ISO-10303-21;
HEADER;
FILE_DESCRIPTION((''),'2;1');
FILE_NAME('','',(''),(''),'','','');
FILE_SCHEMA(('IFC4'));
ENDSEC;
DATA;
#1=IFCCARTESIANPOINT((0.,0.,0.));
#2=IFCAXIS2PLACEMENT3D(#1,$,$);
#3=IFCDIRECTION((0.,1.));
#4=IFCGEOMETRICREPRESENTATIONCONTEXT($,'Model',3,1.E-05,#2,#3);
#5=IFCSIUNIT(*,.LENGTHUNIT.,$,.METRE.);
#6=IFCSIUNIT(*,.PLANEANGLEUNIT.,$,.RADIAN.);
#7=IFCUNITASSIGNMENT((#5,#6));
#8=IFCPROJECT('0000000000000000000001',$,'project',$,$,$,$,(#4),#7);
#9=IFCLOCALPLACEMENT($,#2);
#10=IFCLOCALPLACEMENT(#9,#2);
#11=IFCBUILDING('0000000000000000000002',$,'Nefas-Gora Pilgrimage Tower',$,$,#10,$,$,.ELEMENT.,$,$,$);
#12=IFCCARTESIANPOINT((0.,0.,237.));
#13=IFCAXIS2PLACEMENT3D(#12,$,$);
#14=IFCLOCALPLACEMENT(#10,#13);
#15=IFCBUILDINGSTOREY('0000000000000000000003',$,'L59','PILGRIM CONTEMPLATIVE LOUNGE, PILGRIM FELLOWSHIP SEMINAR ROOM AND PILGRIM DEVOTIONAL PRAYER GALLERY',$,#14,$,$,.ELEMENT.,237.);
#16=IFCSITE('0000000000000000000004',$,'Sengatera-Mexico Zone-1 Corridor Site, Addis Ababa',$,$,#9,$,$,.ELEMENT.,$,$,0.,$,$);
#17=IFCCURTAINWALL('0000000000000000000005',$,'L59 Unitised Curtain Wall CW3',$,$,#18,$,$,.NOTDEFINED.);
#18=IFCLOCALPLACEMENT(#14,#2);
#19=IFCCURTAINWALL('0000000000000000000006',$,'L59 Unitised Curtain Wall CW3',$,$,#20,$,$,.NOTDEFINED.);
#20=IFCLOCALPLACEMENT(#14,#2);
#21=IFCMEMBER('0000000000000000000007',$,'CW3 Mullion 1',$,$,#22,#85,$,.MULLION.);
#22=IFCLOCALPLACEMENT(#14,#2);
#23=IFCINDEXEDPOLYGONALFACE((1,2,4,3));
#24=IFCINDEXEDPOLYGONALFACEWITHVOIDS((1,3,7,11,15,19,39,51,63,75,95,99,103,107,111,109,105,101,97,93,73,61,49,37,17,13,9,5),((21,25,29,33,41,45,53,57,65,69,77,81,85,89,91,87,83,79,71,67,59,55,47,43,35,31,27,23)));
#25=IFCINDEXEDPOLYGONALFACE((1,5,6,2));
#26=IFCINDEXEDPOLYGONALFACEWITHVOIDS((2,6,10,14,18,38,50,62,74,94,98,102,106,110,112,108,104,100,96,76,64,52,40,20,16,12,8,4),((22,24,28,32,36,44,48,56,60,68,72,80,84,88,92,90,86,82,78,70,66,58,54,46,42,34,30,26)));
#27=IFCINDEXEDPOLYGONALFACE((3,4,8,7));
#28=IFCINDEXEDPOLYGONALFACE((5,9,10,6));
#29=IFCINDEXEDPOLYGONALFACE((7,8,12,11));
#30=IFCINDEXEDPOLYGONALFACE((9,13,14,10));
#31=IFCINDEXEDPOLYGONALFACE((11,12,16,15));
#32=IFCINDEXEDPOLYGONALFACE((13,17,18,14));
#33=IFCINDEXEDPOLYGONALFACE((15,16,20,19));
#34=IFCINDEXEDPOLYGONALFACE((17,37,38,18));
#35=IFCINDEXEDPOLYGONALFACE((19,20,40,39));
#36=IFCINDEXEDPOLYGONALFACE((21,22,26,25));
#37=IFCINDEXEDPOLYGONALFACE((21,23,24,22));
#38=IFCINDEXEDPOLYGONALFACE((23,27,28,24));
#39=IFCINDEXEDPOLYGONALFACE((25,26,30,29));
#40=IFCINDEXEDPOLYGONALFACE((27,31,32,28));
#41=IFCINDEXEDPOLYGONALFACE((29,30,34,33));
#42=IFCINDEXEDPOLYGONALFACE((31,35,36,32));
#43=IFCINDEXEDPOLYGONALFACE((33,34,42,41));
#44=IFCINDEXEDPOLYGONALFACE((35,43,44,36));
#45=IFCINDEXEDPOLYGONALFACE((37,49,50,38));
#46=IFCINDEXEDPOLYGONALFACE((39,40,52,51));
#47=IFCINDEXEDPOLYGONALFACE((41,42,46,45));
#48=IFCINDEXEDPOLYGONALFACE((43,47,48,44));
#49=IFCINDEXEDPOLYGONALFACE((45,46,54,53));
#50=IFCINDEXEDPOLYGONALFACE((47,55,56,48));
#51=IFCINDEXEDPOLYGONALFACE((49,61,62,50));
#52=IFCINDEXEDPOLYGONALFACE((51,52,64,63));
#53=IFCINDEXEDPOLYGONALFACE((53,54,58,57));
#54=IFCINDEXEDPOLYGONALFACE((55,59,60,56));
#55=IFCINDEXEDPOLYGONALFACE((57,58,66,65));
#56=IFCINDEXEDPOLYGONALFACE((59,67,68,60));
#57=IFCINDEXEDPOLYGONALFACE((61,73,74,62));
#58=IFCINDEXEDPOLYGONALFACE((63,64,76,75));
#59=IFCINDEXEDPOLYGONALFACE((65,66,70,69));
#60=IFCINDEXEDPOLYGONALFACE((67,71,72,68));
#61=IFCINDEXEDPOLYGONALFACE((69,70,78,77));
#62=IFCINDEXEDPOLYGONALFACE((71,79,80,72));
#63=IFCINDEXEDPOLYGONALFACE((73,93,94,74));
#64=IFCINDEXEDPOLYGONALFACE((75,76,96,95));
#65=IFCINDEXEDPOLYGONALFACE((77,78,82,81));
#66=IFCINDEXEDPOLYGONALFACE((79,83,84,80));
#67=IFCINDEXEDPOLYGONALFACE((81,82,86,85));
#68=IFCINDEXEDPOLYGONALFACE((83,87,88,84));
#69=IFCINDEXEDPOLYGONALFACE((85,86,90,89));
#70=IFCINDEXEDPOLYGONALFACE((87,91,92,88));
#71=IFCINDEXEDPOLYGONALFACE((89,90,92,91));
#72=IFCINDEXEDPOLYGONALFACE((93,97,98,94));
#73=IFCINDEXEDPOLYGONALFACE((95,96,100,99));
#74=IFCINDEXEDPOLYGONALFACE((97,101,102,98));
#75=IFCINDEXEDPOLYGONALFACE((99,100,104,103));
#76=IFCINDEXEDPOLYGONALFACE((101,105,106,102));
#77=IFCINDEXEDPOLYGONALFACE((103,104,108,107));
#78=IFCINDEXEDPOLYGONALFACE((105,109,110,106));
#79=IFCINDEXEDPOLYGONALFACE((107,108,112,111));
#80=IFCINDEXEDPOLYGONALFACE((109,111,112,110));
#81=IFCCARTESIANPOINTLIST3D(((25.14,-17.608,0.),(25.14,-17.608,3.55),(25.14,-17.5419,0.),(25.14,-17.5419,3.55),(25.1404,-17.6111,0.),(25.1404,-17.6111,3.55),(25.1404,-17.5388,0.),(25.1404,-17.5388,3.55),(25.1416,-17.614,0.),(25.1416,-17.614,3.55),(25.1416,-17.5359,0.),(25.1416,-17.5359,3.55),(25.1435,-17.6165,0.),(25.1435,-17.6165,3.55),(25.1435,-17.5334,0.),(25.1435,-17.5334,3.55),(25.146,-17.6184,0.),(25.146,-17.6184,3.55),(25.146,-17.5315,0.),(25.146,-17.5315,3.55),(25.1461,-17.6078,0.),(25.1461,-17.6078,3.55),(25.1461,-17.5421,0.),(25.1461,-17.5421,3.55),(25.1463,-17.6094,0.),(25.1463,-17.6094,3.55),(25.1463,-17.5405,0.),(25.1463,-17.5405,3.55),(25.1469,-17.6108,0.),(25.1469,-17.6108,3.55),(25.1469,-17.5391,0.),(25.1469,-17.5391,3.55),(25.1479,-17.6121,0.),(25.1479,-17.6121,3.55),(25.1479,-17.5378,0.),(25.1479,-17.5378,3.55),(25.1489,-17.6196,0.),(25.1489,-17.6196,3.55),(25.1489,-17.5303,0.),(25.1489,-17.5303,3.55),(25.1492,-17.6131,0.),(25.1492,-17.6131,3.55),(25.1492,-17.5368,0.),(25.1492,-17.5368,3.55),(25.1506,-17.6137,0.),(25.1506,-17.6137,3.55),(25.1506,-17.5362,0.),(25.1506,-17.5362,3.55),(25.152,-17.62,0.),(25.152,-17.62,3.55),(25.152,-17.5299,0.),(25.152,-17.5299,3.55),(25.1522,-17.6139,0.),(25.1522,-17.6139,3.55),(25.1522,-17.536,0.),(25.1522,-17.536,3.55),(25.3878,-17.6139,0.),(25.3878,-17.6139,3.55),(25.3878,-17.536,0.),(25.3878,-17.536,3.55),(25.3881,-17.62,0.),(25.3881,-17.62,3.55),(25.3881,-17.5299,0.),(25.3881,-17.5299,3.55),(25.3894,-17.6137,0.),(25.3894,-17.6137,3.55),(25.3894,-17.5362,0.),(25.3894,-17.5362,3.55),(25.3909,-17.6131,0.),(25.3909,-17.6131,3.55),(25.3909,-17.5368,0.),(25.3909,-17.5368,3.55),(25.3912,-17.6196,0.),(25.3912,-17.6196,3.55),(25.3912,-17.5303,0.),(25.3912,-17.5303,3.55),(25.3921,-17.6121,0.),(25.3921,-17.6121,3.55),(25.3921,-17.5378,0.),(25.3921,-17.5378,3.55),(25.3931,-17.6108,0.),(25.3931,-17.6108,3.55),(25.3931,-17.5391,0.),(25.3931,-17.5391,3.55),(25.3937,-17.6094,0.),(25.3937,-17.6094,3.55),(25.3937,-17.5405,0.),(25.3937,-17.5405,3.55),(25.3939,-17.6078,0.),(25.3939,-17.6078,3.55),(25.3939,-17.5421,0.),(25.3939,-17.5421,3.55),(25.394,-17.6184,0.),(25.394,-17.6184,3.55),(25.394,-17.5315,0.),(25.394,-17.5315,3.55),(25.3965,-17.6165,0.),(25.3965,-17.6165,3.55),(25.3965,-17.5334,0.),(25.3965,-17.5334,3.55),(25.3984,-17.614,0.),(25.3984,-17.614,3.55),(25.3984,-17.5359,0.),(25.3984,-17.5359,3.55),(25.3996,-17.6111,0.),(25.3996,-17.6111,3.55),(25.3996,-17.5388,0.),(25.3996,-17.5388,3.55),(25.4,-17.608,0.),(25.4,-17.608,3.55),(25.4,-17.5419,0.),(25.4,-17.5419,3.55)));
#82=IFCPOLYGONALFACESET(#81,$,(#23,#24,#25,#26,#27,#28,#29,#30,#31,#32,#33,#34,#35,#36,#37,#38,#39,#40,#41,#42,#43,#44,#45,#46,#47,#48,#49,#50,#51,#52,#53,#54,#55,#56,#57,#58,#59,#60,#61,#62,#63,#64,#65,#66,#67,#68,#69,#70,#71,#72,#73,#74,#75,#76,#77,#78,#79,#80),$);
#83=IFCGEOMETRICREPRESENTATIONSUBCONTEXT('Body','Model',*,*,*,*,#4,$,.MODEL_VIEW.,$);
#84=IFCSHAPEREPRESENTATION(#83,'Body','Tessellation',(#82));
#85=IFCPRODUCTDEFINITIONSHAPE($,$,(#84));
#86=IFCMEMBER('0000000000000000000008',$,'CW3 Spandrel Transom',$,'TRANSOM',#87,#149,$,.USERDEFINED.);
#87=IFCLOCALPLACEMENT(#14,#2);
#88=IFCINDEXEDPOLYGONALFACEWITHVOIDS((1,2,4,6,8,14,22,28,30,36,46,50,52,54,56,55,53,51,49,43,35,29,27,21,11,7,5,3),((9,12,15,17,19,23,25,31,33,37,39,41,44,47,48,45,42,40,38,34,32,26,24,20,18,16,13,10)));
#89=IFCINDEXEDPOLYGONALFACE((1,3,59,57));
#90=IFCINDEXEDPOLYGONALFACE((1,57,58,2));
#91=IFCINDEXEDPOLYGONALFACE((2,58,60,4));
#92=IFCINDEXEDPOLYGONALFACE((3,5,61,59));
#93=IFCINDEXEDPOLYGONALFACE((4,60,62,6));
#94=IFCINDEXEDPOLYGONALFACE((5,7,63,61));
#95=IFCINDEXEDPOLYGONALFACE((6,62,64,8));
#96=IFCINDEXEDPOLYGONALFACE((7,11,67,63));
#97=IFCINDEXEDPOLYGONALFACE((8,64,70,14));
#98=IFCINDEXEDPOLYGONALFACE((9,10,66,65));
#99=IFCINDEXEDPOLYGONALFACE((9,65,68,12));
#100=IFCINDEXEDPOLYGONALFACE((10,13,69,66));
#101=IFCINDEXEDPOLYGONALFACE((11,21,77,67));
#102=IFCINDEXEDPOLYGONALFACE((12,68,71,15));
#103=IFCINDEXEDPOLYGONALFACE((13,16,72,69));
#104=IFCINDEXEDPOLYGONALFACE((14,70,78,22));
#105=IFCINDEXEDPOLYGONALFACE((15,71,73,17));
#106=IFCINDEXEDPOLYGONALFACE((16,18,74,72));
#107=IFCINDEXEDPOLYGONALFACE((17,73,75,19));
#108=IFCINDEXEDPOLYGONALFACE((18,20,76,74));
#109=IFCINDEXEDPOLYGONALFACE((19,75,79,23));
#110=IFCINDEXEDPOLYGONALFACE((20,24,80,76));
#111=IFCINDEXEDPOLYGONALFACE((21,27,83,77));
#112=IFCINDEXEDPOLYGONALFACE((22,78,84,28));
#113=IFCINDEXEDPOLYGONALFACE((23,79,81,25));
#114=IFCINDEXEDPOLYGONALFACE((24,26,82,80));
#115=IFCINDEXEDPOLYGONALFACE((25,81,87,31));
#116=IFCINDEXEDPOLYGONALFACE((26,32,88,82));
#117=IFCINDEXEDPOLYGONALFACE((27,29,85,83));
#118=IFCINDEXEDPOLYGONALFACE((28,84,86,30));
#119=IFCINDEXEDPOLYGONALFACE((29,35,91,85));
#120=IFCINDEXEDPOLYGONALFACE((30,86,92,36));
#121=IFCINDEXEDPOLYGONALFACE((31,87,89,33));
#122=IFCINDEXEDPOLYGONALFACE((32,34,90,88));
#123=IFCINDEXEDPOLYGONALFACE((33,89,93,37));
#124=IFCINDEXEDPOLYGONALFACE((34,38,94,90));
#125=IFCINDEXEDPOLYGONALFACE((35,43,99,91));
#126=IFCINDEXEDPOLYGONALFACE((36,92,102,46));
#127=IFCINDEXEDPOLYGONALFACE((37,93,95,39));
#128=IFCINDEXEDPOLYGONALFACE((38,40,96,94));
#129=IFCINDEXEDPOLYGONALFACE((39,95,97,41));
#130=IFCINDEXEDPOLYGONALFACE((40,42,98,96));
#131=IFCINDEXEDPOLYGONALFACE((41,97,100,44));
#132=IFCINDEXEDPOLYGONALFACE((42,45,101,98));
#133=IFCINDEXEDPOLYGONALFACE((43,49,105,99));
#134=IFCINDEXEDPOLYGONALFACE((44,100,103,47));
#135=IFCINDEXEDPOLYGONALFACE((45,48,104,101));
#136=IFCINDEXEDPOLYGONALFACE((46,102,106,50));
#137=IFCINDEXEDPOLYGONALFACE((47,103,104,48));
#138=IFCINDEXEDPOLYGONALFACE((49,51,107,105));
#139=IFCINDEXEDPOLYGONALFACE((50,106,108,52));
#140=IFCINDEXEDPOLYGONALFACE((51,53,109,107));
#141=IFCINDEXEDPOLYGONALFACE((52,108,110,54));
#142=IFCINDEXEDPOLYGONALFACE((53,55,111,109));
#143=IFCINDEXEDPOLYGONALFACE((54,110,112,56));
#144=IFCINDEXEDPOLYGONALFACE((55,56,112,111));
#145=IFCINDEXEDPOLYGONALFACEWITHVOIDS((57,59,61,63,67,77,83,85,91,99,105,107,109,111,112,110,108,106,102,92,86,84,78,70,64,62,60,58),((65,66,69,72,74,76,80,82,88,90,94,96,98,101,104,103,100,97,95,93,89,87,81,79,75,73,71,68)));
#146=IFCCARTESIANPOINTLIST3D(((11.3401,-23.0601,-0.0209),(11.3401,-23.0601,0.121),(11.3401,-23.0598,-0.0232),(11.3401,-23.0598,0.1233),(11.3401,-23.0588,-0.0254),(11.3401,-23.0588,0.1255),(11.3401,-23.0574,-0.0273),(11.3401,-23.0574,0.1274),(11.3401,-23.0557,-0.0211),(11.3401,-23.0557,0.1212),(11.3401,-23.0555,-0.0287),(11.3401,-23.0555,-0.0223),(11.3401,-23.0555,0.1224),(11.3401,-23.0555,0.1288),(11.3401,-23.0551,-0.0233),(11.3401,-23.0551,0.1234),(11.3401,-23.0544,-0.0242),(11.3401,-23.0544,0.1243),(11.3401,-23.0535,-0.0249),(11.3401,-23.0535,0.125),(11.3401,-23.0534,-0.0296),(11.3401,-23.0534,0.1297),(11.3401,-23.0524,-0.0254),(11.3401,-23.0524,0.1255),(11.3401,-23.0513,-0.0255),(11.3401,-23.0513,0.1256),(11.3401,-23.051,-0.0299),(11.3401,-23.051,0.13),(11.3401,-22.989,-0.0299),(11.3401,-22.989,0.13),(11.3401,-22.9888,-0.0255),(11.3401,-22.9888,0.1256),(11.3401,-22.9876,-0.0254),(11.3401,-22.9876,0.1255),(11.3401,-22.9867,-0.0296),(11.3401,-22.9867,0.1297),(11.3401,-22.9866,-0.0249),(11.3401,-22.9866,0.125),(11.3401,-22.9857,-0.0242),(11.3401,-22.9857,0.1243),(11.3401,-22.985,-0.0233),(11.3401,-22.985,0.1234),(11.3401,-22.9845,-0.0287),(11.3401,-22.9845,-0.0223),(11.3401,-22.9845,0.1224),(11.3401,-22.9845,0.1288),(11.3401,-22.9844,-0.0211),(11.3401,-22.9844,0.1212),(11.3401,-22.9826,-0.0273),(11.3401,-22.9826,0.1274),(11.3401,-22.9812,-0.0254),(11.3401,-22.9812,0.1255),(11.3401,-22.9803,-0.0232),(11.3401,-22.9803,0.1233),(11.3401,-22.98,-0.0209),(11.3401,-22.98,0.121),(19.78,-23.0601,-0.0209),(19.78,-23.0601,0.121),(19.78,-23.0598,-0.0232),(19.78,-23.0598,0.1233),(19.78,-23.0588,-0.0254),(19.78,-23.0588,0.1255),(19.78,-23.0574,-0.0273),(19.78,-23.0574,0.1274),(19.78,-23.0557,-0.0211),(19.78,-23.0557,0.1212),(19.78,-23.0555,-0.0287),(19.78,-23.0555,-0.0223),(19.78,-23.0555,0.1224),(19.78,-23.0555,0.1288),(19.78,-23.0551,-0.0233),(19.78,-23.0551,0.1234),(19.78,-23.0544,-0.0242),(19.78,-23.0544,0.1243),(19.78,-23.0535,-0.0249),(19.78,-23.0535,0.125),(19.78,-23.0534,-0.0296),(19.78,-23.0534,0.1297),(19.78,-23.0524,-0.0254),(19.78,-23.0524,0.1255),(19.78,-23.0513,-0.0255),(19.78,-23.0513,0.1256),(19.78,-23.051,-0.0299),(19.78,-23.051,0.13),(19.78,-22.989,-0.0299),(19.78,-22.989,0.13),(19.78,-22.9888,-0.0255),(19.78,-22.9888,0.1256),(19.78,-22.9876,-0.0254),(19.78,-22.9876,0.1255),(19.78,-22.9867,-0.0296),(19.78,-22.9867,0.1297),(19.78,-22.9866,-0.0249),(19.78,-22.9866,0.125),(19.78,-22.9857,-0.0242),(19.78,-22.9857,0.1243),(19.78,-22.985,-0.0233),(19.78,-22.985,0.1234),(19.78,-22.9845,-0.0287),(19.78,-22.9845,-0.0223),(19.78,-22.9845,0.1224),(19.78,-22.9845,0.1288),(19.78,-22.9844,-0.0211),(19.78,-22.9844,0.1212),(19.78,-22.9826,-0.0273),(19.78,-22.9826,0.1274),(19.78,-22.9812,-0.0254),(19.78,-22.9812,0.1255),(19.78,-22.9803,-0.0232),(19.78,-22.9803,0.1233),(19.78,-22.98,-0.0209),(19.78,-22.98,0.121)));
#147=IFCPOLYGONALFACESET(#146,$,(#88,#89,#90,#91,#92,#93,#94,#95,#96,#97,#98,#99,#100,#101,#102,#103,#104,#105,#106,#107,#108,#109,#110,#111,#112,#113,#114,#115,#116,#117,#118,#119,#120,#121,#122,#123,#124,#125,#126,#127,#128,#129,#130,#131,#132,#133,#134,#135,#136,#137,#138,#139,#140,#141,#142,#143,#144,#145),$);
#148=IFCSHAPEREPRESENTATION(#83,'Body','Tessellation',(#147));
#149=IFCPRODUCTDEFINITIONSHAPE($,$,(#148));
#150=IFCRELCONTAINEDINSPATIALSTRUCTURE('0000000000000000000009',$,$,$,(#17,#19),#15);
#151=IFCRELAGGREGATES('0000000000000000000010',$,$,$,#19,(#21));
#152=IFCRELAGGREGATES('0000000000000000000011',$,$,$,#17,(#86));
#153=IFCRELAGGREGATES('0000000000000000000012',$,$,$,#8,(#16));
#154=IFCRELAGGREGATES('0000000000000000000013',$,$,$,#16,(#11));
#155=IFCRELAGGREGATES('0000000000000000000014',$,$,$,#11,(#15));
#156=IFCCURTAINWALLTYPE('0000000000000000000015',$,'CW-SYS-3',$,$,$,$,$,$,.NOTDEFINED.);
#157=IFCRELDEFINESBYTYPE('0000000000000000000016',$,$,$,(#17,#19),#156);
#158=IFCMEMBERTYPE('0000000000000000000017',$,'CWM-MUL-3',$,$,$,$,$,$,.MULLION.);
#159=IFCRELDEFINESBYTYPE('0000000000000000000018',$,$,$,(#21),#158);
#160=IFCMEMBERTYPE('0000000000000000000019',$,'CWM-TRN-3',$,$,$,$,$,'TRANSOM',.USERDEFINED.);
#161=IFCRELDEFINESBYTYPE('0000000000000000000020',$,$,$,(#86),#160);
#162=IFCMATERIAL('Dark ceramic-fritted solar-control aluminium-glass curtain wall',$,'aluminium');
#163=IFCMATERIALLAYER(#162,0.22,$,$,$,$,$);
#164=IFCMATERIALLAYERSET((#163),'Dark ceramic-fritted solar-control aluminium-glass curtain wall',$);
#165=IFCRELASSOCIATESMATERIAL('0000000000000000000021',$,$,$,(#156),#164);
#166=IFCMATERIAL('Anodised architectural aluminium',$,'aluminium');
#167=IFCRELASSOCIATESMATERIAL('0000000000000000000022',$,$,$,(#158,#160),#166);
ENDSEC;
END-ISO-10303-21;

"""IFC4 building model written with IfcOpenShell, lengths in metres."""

from ifc_helpers import new_model, si_unit, direction, frame, origin, origin_2d, place, context, subcontext, project, spatial, hollow_rectangle, extrude, source, transform, mapped, material, layer, layer_set, material_profile, profile_set, type_object, element, aggregate, save


model = new_model("IFC4")

# Units and contexts
model_context = context("Model", 3, precision=1e-05, world=origin(), true_north=direction((0.0, 1.0)))
body_context = subcontext(model_context, "Body", "Model", "MODEL_VIEW")
ifc_project = project(units=[si_unit("LENGTHUNIT", "METRE"), si_unit("PLANEANGLEUNIT", "RADIAN")], contexts=[model_context])

# Site, building, storey
site_placement = place(None, origin())
site = spatial("IfcSite", under=ifc_project, at=site_placement, Name="Sengatera-Mexico Zone-1 Corridor Site, Addis Ababa", CompositionType="ELEMENT", RefElevation=0.0)
building_placement = place(site_placement, origin())
building = spatial("IfcBuilding", under=site, at=building_placement, Name="Nefas-Gora Pilgrimage Tower", CompositionType="ELEMENT")
storey_placement = place(building_placement, frame((0.0, 0.0, 237.0)))
storey = spatial("IfcBuildingStorey", under=building, at=storey_placement, Name="L59", Description="PILGRIM CONTEMPLATIVE LOUNGE, PILGRIM FELLOWSHIP SEMINAR ROOM AND PILGRIM DEVOTIONAL PRAYER GALLERY", CompositionType="ELEMENT", Elevation=237.0)

# Curtain wall
ifc_material_1 = material(Name="Dark ceramic-fritted solar-control aluminium-glass curtain wall", Category="aluminium")
ifc_layer_1 = layer(ifc_material_1, 0.22)
ifc_layer_set_1 = layer_set([ifc_layer_1], Name="Dark ceramic-fritted solar-control aluminium-glass curtain wall")
curtain_wall_type = type_object("IfcCurtainWallType", Name="CW-SYS-3", PredefinedType="NOTDEFINED", material=ifc_layer_set_1)
curtain_wall_1_placement = place(storey_placement, origin())
curtain_wall_1 = element("IfcCurtainWall", 1, at=curtain_wall_1_placement, inside=storey, type_object=curtain_wall_type, Name="L59 Unitised Curtain Wall CW3", PredefinedType="NOTDEFINED")
ifc_material_2 = material(Name="Anodised architectural aluminium", Category="aluminium")
ifc_material_profile_1 = material_profile(ifc_material_2, hollow_rectangle(XDim=0.0901, YDim=0.26, WallThickness=0.0061, InnerFilletRadius=0.0061, OuterFilletRadius=0.012, at=origin_2d()), Name="ALU MULLION 90x260")
ifc_profile_set_1 = profile_set([ifc_material_profile_1], Name="Anodised architectural aluminium")
member_type_1 = type_object("IfcMemberType", Name="CWM-MUL-3", PredefinedType="MULLION", material=ifc_profile_set_1)
shared_shape_1 = source(origin(), body_context, "Body", "SweptSolid", [
    extrude(hollow_rectangle(XDim=0.0901, YDim=0.26, WallThickness=0.0061, InnerFilletRadius=0.0061, OuterFilletRadius=0.012, at=origin_2d()), origin(), (0.0, 0.0, 1.0), 3.55),
])

# Curtain wall, member
curtain_wall_2_placement = place(storey_placement, origin())
curtain_wall_2 = element("IfcCurtainWall", 2, at=curtain_wall_2_placement, inside=storey, type_object=curtain_wall_type, Name="L59 Unitised Curtain Wall CW3", PredefinedType="NOTDEFINED")
member_1_placement = place(storey_placement, frame((25.27, -17.575, 0.0), z_axis=(0.0, 0.0, 1.0), x_axis=(0.0, 1.0, 0.0)))
member_1 = element("IfcMember", 3, at=member_1_placement, type_object=member_type_1, Name="CW3 Mullion 1", PredefinedType="MULLION", context=body_context, shape_type="MappedRepresentation", body=[
    mapped(shared_shape_1, transform((0.0, 0.0, 0.0), x_axis=(1.0, 0.0, 0.0), y_axis=(0.0, 1.0, 0.0), z_axis=(0.0, 0.0, 1.0), scale=1.0)),
])

# Member
ifc_material_profile_2 = material_profile(ifc_material_2, hollow_rectangle(XDim=0.0801, YDim=0.1599, WallThickness=0.0044, InnerFilletRadius=0.0044, OuterFilletRadius=0.009, at=origin_2d()), Name="ALU TRANSOM 80x160")
ifc_profile_set_2 = profile_set([ifc_material_profile_2], Name="Anodised architectural aluminium")
member_type_2 = type_object("IfcMemberType", Name="CWM-TRN-3", ElementType="TRANSOM", PredefinedType="USERDEFINED", material=ifc_profile_set_2)
shared_shape_2 = source(origin(), body_context, "Body", "SweptSolid", [
    extrude(hollow_rectangle(XDim=0.0801, YDim=0.1599, WallThickness=0.0044, InnerFilletRadius=0.0044, OuterFilletRadius=0.009, at=origin_2d()), origin(), (0.0, 0.0, 1.0), 8.4399),
])
member_2_placement = place(storey_placement, frame((11.3401, -23.02, 0.05), z_axis=(1.0, 0.0, 0.0), x_axis=(0.0, 1.0, 0.0)))
member_2 = element("IfcMember", 4, at=member_2_placement, type_object=member_type_2, Name="CW3 Spandrel Transom", ObjectType="TRANSOM", PredefinedType="USERDEFINED", context=body_context, shape_type="MappedRepresentation", body=[
    mapped(shared_shape_2, transform((0.0, 0.0, 0.0), x_axis=(1.0, 0.0, 0.0), y_axis=(0.0, 1.0, 0.0), z_axis=(0.0, 0.0, 1.0), scale=1.0)),
])
aggregate(curtain_wall_2, [member_1])

aggregate(curtain_wall_1, [member_2])

save(model, "model.ifc")
